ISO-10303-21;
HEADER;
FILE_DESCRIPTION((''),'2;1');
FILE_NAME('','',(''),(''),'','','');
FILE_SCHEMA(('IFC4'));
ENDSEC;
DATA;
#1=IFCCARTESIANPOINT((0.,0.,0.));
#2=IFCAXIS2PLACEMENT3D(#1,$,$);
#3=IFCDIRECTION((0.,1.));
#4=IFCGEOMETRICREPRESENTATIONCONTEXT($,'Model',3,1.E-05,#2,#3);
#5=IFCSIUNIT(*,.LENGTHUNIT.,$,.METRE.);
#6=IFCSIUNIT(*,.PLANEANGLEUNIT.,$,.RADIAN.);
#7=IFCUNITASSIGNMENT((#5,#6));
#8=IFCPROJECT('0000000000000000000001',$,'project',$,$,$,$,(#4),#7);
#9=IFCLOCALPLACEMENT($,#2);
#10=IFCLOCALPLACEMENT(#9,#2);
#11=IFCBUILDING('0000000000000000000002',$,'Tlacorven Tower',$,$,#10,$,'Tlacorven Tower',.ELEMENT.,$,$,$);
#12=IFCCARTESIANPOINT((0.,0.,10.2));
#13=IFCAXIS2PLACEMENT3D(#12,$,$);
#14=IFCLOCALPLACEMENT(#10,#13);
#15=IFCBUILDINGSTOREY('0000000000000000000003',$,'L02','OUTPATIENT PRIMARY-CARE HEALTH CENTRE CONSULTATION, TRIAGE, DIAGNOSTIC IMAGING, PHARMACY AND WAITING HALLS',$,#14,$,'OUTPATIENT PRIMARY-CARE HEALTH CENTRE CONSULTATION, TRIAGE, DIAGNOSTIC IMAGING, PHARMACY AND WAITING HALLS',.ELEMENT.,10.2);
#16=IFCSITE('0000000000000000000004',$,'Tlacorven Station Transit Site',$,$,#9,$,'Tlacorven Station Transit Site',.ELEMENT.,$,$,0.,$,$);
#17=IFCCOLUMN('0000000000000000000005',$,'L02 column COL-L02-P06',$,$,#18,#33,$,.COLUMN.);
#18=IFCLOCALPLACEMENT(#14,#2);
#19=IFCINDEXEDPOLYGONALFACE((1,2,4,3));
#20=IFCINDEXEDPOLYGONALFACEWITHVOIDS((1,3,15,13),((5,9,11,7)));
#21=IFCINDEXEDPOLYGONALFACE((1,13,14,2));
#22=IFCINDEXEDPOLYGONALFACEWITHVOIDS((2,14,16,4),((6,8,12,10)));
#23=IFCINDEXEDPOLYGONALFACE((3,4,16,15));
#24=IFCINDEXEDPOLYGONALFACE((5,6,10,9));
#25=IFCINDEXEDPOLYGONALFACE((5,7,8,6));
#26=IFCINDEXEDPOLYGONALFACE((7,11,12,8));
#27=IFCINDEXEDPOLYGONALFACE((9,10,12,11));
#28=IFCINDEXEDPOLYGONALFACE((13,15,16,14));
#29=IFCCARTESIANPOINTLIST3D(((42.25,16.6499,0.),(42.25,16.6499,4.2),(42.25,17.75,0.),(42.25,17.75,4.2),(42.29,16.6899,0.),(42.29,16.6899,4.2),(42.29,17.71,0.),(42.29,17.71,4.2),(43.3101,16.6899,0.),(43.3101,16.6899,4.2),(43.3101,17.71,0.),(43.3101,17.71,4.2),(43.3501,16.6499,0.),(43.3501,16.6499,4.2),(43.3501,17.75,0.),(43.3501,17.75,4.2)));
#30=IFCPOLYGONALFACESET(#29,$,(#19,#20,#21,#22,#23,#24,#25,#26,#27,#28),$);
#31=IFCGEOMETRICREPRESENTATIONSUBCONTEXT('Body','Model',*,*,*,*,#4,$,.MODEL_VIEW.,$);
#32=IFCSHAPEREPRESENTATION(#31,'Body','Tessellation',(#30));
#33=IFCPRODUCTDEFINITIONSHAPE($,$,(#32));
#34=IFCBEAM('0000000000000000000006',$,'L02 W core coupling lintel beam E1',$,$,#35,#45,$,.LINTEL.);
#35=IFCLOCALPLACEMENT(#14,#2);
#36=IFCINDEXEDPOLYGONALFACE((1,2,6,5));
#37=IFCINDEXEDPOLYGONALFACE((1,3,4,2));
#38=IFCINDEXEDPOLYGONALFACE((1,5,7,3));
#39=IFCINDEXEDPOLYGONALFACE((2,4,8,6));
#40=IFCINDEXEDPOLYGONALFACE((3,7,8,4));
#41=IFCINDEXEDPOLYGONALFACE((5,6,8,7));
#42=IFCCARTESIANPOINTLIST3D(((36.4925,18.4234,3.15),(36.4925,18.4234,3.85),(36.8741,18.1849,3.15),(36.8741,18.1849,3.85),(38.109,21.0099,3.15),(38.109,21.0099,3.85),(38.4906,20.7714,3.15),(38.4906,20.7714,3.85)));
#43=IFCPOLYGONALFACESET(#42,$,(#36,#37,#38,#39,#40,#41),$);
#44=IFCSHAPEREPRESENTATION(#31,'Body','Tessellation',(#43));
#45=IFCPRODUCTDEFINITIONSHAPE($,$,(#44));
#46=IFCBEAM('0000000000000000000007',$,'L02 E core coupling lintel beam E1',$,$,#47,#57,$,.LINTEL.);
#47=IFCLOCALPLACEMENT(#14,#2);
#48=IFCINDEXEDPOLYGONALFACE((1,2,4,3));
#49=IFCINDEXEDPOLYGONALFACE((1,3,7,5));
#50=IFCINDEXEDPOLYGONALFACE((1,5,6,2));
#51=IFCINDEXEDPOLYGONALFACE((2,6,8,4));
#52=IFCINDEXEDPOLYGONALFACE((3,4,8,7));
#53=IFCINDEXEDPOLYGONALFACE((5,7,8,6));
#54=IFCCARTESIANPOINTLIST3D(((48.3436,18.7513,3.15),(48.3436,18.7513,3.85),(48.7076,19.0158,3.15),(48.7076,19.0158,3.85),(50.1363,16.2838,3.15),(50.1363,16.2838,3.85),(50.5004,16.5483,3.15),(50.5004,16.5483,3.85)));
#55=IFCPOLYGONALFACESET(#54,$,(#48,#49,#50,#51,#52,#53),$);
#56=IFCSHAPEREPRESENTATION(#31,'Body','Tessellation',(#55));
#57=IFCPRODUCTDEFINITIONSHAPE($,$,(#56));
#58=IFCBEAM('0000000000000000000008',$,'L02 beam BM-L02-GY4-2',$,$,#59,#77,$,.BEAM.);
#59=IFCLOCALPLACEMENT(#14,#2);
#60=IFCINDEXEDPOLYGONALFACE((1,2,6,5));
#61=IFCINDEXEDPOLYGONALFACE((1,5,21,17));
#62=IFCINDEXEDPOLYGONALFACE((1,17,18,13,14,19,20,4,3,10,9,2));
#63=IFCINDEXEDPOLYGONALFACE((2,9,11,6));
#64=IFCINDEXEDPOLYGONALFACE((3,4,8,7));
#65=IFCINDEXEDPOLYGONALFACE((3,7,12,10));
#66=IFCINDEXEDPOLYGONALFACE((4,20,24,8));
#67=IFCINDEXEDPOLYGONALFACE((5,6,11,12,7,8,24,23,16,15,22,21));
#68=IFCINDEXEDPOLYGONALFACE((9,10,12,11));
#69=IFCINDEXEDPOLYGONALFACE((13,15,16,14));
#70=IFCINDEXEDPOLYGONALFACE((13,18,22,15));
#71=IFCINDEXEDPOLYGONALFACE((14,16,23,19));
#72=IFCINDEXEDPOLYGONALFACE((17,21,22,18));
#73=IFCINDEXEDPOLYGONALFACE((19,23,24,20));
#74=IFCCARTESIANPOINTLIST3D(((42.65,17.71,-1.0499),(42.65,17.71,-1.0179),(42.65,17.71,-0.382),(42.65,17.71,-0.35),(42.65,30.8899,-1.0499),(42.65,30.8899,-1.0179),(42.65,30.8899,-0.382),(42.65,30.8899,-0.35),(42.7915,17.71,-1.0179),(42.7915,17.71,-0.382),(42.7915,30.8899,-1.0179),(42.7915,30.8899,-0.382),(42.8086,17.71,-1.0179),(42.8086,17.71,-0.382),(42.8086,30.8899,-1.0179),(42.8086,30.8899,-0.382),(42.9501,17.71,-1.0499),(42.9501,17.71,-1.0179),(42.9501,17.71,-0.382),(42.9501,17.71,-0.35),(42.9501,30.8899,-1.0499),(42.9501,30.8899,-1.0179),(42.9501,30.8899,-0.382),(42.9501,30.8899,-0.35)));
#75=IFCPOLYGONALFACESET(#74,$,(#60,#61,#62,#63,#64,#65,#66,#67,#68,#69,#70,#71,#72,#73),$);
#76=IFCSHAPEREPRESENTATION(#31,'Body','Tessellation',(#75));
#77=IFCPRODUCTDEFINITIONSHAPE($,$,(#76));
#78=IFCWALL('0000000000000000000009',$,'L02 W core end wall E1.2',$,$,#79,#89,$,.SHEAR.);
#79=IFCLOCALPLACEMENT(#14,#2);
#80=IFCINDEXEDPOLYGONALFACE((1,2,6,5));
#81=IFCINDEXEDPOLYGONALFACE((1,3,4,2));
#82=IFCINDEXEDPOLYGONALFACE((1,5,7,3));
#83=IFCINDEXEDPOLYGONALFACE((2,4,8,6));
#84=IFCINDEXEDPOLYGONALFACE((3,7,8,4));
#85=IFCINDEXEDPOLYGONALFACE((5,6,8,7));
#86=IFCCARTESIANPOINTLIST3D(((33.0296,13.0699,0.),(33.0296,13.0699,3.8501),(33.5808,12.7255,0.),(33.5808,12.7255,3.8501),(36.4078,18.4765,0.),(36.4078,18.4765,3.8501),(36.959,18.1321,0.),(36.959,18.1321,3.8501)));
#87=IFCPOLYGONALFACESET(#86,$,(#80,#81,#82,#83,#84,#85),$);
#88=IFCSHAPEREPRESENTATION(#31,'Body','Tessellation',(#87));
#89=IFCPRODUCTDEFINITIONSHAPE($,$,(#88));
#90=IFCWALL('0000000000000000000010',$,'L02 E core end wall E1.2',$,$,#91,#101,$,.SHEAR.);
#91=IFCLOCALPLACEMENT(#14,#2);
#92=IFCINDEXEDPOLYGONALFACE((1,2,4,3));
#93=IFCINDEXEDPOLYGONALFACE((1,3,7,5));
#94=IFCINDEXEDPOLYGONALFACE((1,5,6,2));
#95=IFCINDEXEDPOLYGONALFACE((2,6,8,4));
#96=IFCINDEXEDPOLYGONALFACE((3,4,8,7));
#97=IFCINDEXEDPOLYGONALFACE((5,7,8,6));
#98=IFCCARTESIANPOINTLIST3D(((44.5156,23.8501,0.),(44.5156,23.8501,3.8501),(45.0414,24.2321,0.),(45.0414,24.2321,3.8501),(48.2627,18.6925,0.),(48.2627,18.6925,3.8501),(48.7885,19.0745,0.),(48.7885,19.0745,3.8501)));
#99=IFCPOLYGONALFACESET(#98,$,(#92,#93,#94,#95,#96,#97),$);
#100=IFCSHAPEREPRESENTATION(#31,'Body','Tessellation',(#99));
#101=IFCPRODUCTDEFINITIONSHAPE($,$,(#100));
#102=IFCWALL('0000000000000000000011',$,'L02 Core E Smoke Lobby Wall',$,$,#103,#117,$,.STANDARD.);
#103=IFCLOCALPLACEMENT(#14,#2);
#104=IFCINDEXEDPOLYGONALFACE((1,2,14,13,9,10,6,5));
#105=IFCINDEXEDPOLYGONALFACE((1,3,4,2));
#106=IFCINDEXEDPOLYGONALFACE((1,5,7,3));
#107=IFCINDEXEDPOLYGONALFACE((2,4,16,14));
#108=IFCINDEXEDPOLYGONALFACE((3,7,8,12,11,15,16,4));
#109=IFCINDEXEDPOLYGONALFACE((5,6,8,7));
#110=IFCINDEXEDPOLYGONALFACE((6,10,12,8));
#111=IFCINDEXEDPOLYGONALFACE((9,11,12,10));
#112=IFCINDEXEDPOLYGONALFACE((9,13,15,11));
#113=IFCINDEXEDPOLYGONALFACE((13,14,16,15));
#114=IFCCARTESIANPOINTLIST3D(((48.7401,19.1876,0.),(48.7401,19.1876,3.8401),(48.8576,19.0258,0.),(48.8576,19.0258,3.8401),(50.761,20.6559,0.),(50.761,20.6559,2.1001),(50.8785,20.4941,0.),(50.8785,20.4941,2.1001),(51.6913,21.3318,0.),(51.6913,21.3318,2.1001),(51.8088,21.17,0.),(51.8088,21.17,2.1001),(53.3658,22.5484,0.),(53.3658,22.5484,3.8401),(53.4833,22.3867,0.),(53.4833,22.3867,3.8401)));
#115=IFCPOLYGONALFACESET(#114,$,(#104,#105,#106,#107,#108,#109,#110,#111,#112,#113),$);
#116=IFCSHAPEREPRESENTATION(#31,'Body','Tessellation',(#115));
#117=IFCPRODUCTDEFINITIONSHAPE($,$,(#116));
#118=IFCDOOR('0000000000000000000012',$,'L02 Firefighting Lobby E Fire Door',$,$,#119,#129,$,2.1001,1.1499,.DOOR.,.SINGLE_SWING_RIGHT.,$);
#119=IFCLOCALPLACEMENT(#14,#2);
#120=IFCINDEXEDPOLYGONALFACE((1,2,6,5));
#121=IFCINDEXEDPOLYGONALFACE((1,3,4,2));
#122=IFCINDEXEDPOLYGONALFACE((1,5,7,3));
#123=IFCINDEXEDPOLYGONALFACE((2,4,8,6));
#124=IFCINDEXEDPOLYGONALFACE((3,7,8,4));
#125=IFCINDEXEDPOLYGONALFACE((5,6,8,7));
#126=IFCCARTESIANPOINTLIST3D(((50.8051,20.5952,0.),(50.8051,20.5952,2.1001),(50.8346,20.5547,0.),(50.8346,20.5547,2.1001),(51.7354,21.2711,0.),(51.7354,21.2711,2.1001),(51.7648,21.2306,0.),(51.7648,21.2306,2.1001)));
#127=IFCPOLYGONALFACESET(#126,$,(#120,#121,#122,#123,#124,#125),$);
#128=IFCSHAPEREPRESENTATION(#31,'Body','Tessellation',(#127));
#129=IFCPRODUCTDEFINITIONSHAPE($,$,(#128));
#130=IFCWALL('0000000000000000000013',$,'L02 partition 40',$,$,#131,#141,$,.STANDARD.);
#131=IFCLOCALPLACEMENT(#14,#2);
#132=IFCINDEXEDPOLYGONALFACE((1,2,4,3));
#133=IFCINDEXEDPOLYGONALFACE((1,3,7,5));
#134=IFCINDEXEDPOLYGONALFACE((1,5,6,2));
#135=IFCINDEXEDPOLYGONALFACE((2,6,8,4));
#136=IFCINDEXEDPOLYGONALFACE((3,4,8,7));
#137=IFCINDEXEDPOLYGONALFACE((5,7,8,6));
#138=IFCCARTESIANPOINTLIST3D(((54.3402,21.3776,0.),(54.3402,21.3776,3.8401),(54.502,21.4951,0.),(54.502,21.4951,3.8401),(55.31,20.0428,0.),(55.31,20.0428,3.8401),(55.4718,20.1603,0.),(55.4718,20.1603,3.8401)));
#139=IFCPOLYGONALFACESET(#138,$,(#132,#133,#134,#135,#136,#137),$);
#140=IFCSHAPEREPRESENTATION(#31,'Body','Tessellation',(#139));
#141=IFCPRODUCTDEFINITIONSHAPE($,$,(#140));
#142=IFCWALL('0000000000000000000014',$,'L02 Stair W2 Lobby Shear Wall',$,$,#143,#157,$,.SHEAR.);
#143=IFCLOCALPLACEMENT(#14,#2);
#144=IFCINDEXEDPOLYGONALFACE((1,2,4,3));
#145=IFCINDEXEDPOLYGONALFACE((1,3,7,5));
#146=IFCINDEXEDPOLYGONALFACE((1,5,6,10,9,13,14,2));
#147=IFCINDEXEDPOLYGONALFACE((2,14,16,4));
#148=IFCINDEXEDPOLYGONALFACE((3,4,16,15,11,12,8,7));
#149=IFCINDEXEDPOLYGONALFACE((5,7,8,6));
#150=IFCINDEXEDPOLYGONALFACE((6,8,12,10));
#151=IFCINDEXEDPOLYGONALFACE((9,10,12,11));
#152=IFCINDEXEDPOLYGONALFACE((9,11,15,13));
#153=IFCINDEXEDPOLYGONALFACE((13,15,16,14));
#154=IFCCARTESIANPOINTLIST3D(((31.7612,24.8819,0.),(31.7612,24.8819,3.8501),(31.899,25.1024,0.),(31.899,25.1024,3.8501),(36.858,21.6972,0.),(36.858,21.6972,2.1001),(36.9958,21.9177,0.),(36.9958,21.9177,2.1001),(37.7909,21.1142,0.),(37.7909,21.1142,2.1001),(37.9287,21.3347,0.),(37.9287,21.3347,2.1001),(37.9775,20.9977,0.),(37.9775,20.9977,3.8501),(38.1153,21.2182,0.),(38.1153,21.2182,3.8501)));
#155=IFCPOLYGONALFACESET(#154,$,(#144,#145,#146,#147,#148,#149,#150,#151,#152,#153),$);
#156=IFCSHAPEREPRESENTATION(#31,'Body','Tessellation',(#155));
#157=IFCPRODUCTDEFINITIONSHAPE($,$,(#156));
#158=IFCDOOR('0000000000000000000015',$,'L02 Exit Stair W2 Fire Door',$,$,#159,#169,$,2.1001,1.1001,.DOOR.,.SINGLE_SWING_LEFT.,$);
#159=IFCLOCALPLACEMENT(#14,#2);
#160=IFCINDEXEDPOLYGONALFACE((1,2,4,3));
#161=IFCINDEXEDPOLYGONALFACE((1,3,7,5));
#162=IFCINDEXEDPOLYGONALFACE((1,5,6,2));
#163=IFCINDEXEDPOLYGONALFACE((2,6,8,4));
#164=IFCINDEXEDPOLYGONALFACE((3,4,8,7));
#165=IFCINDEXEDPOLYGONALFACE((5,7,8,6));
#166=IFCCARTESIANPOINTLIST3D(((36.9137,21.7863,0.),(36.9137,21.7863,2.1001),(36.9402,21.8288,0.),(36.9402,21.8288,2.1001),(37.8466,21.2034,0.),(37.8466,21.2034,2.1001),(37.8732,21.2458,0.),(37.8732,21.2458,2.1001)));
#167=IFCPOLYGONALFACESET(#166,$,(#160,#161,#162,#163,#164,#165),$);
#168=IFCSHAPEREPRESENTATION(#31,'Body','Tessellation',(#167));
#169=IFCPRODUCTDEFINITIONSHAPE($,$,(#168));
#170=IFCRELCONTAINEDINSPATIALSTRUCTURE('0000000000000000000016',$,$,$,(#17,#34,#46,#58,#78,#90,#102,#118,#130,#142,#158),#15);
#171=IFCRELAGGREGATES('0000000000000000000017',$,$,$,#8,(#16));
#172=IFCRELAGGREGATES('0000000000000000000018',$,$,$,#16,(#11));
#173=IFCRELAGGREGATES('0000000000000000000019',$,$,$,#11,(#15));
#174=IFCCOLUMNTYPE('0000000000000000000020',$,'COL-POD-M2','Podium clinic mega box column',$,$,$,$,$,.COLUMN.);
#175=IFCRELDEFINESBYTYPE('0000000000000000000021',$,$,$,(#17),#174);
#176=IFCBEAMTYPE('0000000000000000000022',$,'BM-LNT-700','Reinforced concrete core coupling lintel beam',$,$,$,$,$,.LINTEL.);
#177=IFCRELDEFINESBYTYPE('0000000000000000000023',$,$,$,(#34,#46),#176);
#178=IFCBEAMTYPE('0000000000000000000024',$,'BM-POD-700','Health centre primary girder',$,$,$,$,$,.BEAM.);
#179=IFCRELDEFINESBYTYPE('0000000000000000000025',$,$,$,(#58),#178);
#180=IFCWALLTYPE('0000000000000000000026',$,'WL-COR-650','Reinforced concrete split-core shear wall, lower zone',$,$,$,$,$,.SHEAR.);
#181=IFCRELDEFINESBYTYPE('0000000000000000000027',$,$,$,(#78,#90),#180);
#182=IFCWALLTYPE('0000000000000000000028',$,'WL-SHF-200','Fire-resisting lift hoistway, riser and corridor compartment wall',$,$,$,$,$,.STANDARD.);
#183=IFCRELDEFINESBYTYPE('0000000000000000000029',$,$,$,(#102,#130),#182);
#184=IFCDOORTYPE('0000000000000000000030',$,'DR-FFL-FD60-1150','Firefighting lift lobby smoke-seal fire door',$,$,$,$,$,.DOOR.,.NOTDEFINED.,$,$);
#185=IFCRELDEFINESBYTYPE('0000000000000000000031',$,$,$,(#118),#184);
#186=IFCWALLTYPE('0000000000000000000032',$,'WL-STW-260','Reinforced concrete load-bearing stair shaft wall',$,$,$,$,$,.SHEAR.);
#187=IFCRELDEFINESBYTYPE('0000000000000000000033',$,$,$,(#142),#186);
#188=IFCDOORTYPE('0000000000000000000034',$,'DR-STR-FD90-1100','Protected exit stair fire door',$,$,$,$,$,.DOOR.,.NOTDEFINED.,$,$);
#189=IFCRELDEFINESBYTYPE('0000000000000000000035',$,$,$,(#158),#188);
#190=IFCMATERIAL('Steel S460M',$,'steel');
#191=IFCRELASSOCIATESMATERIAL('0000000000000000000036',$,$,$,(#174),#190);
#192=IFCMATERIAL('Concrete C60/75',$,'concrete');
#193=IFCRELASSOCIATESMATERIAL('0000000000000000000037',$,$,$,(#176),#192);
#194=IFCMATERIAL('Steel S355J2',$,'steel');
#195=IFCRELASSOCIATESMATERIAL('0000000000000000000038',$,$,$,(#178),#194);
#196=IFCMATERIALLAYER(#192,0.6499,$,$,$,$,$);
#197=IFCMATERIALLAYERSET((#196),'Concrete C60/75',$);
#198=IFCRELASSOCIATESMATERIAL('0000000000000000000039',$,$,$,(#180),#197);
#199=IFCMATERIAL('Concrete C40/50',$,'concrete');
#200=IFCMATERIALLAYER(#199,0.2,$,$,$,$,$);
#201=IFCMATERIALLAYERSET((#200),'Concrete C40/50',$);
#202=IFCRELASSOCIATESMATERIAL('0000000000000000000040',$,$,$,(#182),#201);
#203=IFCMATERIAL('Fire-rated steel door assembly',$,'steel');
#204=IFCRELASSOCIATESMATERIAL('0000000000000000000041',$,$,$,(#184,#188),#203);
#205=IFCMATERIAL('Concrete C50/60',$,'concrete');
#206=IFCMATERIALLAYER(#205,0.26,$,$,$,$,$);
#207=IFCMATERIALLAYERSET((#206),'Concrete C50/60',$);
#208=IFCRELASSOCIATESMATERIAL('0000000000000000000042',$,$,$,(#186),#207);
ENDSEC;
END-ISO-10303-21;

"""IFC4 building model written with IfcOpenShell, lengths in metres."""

from ifc_helpers import new_model, si_unit, direction, frame, frame_2d, origin, origin_2d, place, context, subcontext, project, spatial, rectangle, hollow_rectangle, i_section, extrude, source, transform, mapped, material, layer, layer_set, material_profile, profile_set, type_object, element, fill, save


model = new_model("IFC4")

# Units and contexts
model_context = context("Model", 3, precision=1e-05, world=origin(), true_north=direction((0.0, 1.0)))
body_context = subcontext(model_context, "Body", "Model", "MODEL_VIEW")
ifc_project = project(units=[si_unit("LENGTHUNIT", "METRE"), si_unit("PLANEANGLEUNIT", "RADIAN")], contexts=[model_context])

# Site, building, storey
site_placement = place(None, origin())
site = spatial("IfcSite", under=ifc_project, at=site_placement, Name="Tlacorven Station Transit Site", LongName="Tlacorven Station Transit Site", CompositionType="ELEMENT", RefElevation=0.0)
building_placement = place(site_placement, origin())
building = spatial("IfcBuilding", under=site, at=building_placement, Name="Tlacorven Tower", LongName="Tlacorven Tower", CompositionType="ELEMENT")
storey_placement = place(building_placement, frame((0.0, 0.0, 10.2)))
storey = spatial("IfcBuildingStorey", under=building, at=storey_placement, Name="L02", Description="OUTPATIENT PRIMARY-CARE HEALTH CENTRE CONSULTATION, TRIAGE, DIAGNOSTIC IMAGING, PHARMACY AND WAITING HALLS", LongName="OUTPATIENT PRIMARY-CARE HEALTH CENTRE CONSULTATION, TRIAGE, DIAGNOSTIC IMAGING, PHARMACY AND WAITING HALLS", CompositionType="ELEMENT", Elevation=10.2)

# Column
ifc_material_1 = material(Name="Steel S460M", Category="steel")
ifc_material_profile_1 = material_profile(ifc_material_1, hollow_rectangle(XDim=1.1001, YDim=1.1001, WallThickness=0.04, at=origin_2d()), Name="BOX 1100X1100X40")
ifc_profile_set_1 = profile_set([ifc_material_profile_1], Name="Steel S460M")
column_type = type_object("IfcColumnType", Name="COL-POD-M2", Description="Podium clinic mega box column", PredefinedType="COLUMN", material=ifc_profile_set_1)
shared_shape_1 = source(origin(), body_context, "Body", "SweptSolid", [
    extrude(hollow_rectangle(XDim=1.1001, YDim=1.1001, WallThickness=0.04, at=origin_2d()), origin(), (0.0, 0.0, 1.0), 4.2),
])
column_placement = place(storey_placement, frame((42.8, 17.2, 0.0), z_axis=(0.0, 0.0, 1.0), x_axis=(1.0, 0.0, 0.0)))
element("IfcColumn", 1, at=column_placement, inside=storey, type_object=column_type, Name="L02 column COL-L02-P06", PredefinedType="COLUMN", context=body_context, shape_type="MappedRepresentation", body=[
    mapped(shared_shape_1, transform((0.0, 0.0, 0.0), scale=1.0)),
])

# Beams
ifc_material_2 = material(Name="Concrete C60/75", Category="concrete")
ifc_material_profile_2 = material_profile(ifc_material_2, rectangle(XDim=0.45, YDim=0.7, at=origin_2d()), Name="RC 450X700")
ifc_profile_set_2 = profile_set([ifc_material_profile_2], Name="Concrete C60/75")
beam_type_1 = type_object("IfcBeamType", Name="BM-LNT-700", Description="Reinforced concrete core coupling lintel beam", PredefinedType="LINTEL", material=ifc_profile_set_2)
shared_shape_2 = source(origin(), body_context, "Body", "SweptSolid", [
    extrude(rectangle(XDim=0.45, YDim=0.7, at=origin_2d()), origin(), (0.0, 0.0, 1.0), 3.05),
])
for number, where, z_axis, x_axis, name in (
    (2, (38.2998, 20.8906, 3.5), (-0.529985, -0.848007, 0.0), (0.848007, -0.529985, 0.0), "L02 W core coupling lintel beam E1"),
    (3, (50.3184, 16.416, 3.5), (-0.587777, 0.809023, 0.0), (-0.809023, -0.587777, 0.0), "L02 E core coupling lintel beam E1"),
):
    element("IfcBeam", number, at=place(storey_placement, frame(where, z_axis=z_axis, x_axis=x_axis)), inside=storey, type_object=beam_type_1, Name=name, PredefinedType="LINTEL", context=body_context, shape_type="MappedRepresentation", body=[
        mapped(shared_shape_2, transform((0.0, 0.0, 0.0), scale=1.0)),
    ])
ifc_material_3 = material(Name="Steel S355J2", Category="steel")
ifc_material_profile_3 = material_profile(ifc_material_3, i_section(OverallWidth=0.3, OverallDepth=0.7, WebThickness=0.0171, FlangeThickness=0.032, at=origin_2d()), Name="HEB 700")
ifc_profile_set_3 = profile_set([ifc_material_profile_3], Name="Steel S355J2")
beam_type_2 = type_object("IfcBeamType", Name="BM-POD-700", Description="Health centre primary girder", PredefinedType="BEAM", material=ifc_profile_set_3)
shared_shape_3 = source(origin(), body_context, "Body", "SweptSolid", [
    extrude(i_section(OverallWidth=0.3, OverallDepth=0.7, WebThickness=0.0171, FlangeThickness=0.032, at=origin_2d()), origin(), (0.0, 0.0, 1.0), 13.1799),
])
beam_placement = place(storey_placement, frame((42.8, 17.71, -0.7), z_axis=(0.0, 1.0, 0.0), x_axis=(-1.0, 0.0, 0.0)))
element("IfcBeam", 4, at=beam_placement, inside=storey, type_object=beam_type_2, Name="L02 beam BM-L02-GY4-2", PredefinedType="BEAM", context=body_context, shape_type="MappedRepresentation", body=[
    mapped(shared_shape_3, transform((0.0, 0.0, 0.0), scale=1.0)),
])

# Walls
ifc_layer_1 = layer(ifc_material_2, 0.6499)
ifc_layer_set_1 = layer_set([ifc_layer_1], Name="Concrete C60/75")
wall_type_1 = type_object("IfcWallType", Name="WL-COR-650", Description="Reinforced concrete split-core shear wall, lower zone", PredefinedType="SHEAR", material=ifc_layer_set_1)
wall_1_placement = place(storey_placement, frame((36.6833, 18.3042, 0.0), z_axis=(0.0, 0.0, 1.0), x_axis=(-0.529899, -0.848061, 0.0)))
element("IfcWall", 5, at=wall_1_placement, inside=storey, type_object=wall_type_1, Name="L02 W core end wall E1.2", PredefinedType="SHEAR", context=body_context, shape_type="SweptSolid", body=[
    extrude(rectangle(XDim=6.3752, YDim=0.6499, at=frame_2d((3.1875, 0.0))), origin(), (0.0, 0.0, 1.0), 3.8501),
])
wall_2_placement = place(storey_placement, frame((48.5256, 18.8835, 0.0), z_axis=(0.0, 0.0, 1.0), x_axis=(-0.58778, 0.809021, 0.0)))
element("IfcWall", 6, at=wall_2_placement, inside=storey, type_object=wall_type_1, Name="L02 E core end wall E1.2", PredefinedType="SHEAR", context=body_context, shape_type="SweptSolid", body=[
    extrude(rectangle(XDim=6.375, YDim=0.6499, at=frame_2d((3.1875, 0.0))), origin(), (0.0, 0.0, 1.0), 3.8501),
])

# Wall, opening, door
ifc_material_4 = material(Name="Concrete C40/50", Category="concrete")
ifc_layer_2 = layer(ifc_material_4, 0.2)
ifc_layer_set_2 = layer_set([ifc_layer_2], Name="Concrete C40/50")
wall_type_2 = type_object("IfcWallType", Name="WL-SHF-200", Description="Fire-resisting lift hoistway, riser and corridor compartment wall", PredefinedType="STANDARD", material=ifc_layer_set_2)
wall_3_placement = place(storey_placement, frame((48.7988, 19.1067, 0.0), z_axis=(0.0, 0.0, 1.0), x_axis=(0.809013, 0.587791, 0.0)))
wall_3 = element("IfcWall", 7, at=wall_3_placement, inside=storey, type_object=wall_type_2, Name="L02 Core E Smoke Lobby Wall", PredefinedType="STANDARD", context=body_context, shape_type="SweptSolid", body=[
    extrude(rectangle(XDim=5.7178, YDim=0.2, at=frame_2d((2.8589, 0.0))), origin(), (0.0, 0.0, 1.0), 3.8401),
])
opening_1_placement = place(wall_3_placement, frame((2.498, 0.0, 0.0)))
opening_1 = element("IfcOpeningElement", 8, at=opening_1_placement, cuts=wall_3, PredefinedType="OPENING", context=body_context, shape_type="SweptSolid", body=[
    extrude(rectangle(XDim=1.1499, YDim=2.1001, at=frame_2d((0.575, 1.05))), frame((0.0, 0.1099, 0.0), z_axis=(0.0, -1.0, 0.0), x_axis=(1.0, 0.0, 0.0)), (0.0, 0.0, 1.0), 0.22),
])
ifc_material_5 = material(Name="Fire-rated steel door assembly", Category="steel")
door_type_1 = type_object("IfcDoorType", Name="DR-FFL-FD60-1150", Description="Firefighting lift lobby smoke-seal fire door", OperationType="NOTDEFINED", PredefinedType="DOOR", material=ifc_material_5)
shared_shape_4 = source(origin(), body_context, "Body", "SweptSolid", [
    extrude(rectangle(XDim=1.1499, YDim=2.1001, at=frame_2d((0.575, 1.05))), frame((0.0, 0.0249, 0.0), z_axis=(0.0, -1.0, 0.0), x_axis=(1.0, 0.0, 0.0)), (0.0, 0.0, 1.0), 0.05),
])
door_1_placement = place(opening_1_placement, origin())
door_1 = element("IfcDoor", 9, at=door_1_placement, inside=storey, type_object=door_type_1, Name="L02 Firefighting Lobby E Fire Door", OperationType="SINGLE_SWING_RIGHT", OverallHeight=2.1001, OverallWidth=1.1499, PredefinedType="DOOR", context=body_context, shape_type="MappedRepresentation", body=[
    mapped(shared_shape_4, transform((0.0, 0.0, 0.0), scale=1.0)),
])
fill(opening_1, door_1)

# Wall
wall_4_placement = place(storey_placement, frame((55.3909, 20.1016, 0.0), z_axis=(0.0, 0.0, 1.0), x_axis=(-0.587784, 0.809018, 0.0)))
element("IfcWall", 10, at=wall_4_placement, inside=storey, type_object=wall_type_2, Name="L02 partition 40", PredefinedType="STANDARD", context=body_context, shape_type="SweptSolid", body=[
    extrude(rectangle(XDim=1.6499, YDim=0.2, at=frame_2d((0.825, 0.0))), origin(), (0.0, 0.0, 1.0), 3.8401),
])

# Wall, opening, door
ifc_material_6 = material(Name="Concrete C50/60", Category="concrete")
ifc_layer_3 = layer(ifc_material_6, 0.26)
ifc_layer_set_3 = layer_set([ifc_layer_3], Name="Concrete C50/60")
wall_type_3 = type_object("IfcWallType", Name="WL-STW-260", Description="Reinforced concrete load-bearing stair shaft wall", PredefinedType="SHEAR", material=ifc_layer_set_3)
wall_5_placement = place(storey_placement, frame((38.0464, 21.1079, 0.0), z_axis=(0.0, 0.0, 1.0), x_axis=(-0.848054, 0.529909, 0.0)))
wall_5 = element("IfcWall", 11, at=wall_5_placement, inside=storey, type_object=wall_type_3, Name="L02 Stair W2 Lobby Shear Wall", PredefinedType="SHEAR", context=body_context, shape_type="SweptSolid", body=[
    extrude(rectangle(XDim=7.3301, YDim=0.26, at=frame_2d((3.665, 0.0))), origin(), (0.0, 0.0, 1.0), 3.8501),
])
opening_2_placement = place(wall_5_placement, frame((0.22, 0.0, 0.0)))
opening_2 = element("IfcOpeningElement", 12, at=opening_2_placement, cuts=wall_5, PredefinedType="OPENING", context=body_context, shape_type="SweptSolid", body=[
    extrude(rectangle(XDim=1.1001, YDim=2.1001, at=frame_2d((0.55, 1.05))), frame((0.0, 0.1401, 0.0), z_axis=(0.0, -1.0, 0.0), x_axis=(1.0, 0.0, 0.0)), (0.0, 0.0, 1.0), 0.28),
])
door_type_2 = type_object("IfcDoorType", Name="DR-STR-FD90-1100", Description="Protected exit stair fire door", OperationType="NOTDEFINED", PredefinedType="DOOR", material=ifc_material_5)
shared_shape_5 = source(origin(), body_context, "Body", "SweptSolid", [
    extrude(rectangle(XDim=1.1001, YDim=2.1001, at=frame_2d((0.55, 1.05))), frame((0.0, 0.0249, 0.0), z_axis=(0.0, -1.0, 0.0), x_axis=(1.0, 0.0, 0.0)), (0.0, 0.0, 1.0), 0.05),
])
door_2_placement = place(opening_2_placement, origin())
door_2 = element("IfcDoor", 13, at=door_2_placement, inside=storey, type_object=door_type_2, Name="L02 Exit Stair W2 Fire Door", OperationType="SINGLE_SWING_LEFT", OverallHeight=2.1001, OverallWidth=1.1001, PredefinedType="DOOR", context=body_context, shape_type="MappedRepresentation", body=[
    mapped(shared_shape_5, transform((0.0, 0.0, 0.0), scale=1.0)),
])
fill(opening_2, door_2)

save(model, "model.ifc")
